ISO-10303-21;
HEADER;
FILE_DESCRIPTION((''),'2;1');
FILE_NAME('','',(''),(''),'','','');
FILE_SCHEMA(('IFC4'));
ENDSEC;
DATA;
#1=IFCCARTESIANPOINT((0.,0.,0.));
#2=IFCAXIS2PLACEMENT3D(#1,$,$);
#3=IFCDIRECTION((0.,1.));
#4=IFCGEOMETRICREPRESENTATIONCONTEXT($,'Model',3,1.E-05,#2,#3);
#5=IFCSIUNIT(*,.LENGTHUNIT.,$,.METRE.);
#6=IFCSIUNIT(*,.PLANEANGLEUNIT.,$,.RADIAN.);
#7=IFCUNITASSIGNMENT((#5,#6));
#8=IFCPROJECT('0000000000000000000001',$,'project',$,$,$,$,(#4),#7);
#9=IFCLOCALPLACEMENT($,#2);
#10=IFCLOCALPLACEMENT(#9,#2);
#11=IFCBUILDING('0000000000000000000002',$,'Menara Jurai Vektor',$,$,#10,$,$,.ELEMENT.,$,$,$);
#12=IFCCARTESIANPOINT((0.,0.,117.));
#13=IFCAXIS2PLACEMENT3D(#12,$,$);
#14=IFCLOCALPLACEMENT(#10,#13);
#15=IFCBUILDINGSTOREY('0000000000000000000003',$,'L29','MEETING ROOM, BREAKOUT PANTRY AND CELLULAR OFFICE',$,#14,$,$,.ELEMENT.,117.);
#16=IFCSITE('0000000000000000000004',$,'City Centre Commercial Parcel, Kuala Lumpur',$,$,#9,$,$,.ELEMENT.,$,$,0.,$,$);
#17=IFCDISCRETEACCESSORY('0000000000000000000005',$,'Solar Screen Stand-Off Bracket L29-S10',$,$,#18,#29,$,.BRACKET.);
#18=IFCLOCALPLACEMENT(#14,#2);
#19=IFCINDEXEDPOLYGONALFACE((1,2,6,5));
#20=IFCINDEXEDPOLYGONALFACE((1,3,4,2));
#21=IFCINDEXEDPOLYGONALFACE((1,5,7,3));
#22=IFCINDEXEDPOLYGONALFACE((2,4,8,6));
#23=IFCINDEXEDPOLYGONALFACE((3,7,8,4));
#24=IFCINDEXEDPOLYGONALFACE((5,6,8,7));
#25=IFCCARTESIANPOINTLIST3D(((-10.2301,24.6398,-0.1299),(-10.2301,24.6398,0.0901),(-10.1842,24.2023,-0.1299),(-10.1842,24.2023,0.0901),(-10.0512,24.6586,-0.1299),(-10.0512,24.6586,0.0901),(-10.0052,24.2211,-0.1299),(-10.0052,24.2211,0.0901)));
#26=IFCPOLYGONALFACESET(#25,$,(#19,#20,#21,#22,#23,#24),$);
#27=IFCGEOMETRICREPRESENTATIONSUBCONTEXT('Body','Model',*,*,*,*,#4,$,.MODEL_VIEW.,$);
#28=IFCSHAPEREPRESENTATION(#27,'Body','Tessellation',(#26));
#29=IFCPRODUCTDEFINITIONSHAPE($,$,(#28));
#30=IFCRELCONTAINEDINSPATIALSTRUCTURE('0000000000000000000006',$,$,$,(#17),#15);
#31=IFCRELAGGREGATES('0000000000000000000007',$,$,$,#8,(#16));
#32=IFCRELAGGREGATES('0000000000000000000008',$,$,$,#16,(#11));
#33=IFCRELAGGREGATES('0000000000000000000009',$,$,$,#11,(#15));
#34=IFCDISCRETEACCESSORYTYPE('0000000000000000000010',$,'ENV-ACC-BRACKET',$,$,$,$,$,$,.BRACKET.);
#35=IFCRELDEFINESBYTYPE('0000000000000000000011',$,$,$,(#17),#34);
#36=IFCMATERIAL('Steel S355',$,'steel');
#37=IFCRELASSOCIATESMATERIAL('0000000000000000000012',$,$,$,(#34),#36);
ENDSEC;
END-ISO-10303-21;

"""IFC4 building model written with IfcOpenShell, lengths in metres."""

from ifc_helpers import new_model, si_unit, direction, frame, origin, origin_2d, place, context, subcontext, project, spatial, rectangle, extrude, material, type_object, element, save


model = new_model("IFC4")

# Units and contexts
model_context = context("Model", 3, precision=1e-05, world=origin(), true_north=direction((0.0, 1.0)))
body_context = subcontext(model_context, "Body", "Model", "MODEL_VIEW")
ifc_project = project(units=[si_unit("LENGTHUNIT", "METRE"), si_unit("PLANEANGLEUNIT", "RADIAN")], contexts=[model_context])

# Site, building, storey
site_placement = place(None, origin())
site = spatial("IfcSite", under=ifc_project, at=site_placement, Name="City Centre Commercial Parcel, Kuala Lumpur", CompositionType="ELEMENT", RefElevation=0.0)
building_placement = place(site_placement, origin())
building = spatial("IfcBuilding", under=site, at=building_placement, Name="Menara Jurai Vektor", CompositionType="ELEMENT")
storey_placement = place(building_placement, frame((0.0, 0.0, 117.0)))
storey = spatial("IfcBuildingStorey", under=building, at=storey_placement, Name="L29", Description="MEETING ROOM, BREAKOUT PANTRY AND CELLULAR OFFICE", CompositionType="ELEMENT", Elevation=117.0)

# Shared definitions
ifc_material_1 = material(Name="Steel S355", Category="steel")

# Discrete accessory
discrete_accessory_type = type_object("IfcDiscreteAccessoryType", Name="ENV-ACC-BRACKET", PredefinedType="BRACKET", material=ifc_material_1)
discrete_accessory_placement = place(storey_placement, frame((-10.1177, 24.4304, -0.1299), z_axis=(0.0, 0.0, 1.0), x_axis=(-0.994522, -0.104528, 0.0)))
element("IfcDiscreteAccessory", 1, at=discrete_accessory_placement, inside=storey, type_object=discrete_accessory_type, Name="Solar Screen Stand-Off Bracket L29-S10", PredefinedType="BRACKET", context=body_context, shape_type="SweptSolid", body=[
    extrude(rectangle(XDim=0.1799, YDim=0.4399, at=origin_2d()), origin(), (0.0, 0.0, 1.0), 0.22),
])

save(model, "model.ifc")
